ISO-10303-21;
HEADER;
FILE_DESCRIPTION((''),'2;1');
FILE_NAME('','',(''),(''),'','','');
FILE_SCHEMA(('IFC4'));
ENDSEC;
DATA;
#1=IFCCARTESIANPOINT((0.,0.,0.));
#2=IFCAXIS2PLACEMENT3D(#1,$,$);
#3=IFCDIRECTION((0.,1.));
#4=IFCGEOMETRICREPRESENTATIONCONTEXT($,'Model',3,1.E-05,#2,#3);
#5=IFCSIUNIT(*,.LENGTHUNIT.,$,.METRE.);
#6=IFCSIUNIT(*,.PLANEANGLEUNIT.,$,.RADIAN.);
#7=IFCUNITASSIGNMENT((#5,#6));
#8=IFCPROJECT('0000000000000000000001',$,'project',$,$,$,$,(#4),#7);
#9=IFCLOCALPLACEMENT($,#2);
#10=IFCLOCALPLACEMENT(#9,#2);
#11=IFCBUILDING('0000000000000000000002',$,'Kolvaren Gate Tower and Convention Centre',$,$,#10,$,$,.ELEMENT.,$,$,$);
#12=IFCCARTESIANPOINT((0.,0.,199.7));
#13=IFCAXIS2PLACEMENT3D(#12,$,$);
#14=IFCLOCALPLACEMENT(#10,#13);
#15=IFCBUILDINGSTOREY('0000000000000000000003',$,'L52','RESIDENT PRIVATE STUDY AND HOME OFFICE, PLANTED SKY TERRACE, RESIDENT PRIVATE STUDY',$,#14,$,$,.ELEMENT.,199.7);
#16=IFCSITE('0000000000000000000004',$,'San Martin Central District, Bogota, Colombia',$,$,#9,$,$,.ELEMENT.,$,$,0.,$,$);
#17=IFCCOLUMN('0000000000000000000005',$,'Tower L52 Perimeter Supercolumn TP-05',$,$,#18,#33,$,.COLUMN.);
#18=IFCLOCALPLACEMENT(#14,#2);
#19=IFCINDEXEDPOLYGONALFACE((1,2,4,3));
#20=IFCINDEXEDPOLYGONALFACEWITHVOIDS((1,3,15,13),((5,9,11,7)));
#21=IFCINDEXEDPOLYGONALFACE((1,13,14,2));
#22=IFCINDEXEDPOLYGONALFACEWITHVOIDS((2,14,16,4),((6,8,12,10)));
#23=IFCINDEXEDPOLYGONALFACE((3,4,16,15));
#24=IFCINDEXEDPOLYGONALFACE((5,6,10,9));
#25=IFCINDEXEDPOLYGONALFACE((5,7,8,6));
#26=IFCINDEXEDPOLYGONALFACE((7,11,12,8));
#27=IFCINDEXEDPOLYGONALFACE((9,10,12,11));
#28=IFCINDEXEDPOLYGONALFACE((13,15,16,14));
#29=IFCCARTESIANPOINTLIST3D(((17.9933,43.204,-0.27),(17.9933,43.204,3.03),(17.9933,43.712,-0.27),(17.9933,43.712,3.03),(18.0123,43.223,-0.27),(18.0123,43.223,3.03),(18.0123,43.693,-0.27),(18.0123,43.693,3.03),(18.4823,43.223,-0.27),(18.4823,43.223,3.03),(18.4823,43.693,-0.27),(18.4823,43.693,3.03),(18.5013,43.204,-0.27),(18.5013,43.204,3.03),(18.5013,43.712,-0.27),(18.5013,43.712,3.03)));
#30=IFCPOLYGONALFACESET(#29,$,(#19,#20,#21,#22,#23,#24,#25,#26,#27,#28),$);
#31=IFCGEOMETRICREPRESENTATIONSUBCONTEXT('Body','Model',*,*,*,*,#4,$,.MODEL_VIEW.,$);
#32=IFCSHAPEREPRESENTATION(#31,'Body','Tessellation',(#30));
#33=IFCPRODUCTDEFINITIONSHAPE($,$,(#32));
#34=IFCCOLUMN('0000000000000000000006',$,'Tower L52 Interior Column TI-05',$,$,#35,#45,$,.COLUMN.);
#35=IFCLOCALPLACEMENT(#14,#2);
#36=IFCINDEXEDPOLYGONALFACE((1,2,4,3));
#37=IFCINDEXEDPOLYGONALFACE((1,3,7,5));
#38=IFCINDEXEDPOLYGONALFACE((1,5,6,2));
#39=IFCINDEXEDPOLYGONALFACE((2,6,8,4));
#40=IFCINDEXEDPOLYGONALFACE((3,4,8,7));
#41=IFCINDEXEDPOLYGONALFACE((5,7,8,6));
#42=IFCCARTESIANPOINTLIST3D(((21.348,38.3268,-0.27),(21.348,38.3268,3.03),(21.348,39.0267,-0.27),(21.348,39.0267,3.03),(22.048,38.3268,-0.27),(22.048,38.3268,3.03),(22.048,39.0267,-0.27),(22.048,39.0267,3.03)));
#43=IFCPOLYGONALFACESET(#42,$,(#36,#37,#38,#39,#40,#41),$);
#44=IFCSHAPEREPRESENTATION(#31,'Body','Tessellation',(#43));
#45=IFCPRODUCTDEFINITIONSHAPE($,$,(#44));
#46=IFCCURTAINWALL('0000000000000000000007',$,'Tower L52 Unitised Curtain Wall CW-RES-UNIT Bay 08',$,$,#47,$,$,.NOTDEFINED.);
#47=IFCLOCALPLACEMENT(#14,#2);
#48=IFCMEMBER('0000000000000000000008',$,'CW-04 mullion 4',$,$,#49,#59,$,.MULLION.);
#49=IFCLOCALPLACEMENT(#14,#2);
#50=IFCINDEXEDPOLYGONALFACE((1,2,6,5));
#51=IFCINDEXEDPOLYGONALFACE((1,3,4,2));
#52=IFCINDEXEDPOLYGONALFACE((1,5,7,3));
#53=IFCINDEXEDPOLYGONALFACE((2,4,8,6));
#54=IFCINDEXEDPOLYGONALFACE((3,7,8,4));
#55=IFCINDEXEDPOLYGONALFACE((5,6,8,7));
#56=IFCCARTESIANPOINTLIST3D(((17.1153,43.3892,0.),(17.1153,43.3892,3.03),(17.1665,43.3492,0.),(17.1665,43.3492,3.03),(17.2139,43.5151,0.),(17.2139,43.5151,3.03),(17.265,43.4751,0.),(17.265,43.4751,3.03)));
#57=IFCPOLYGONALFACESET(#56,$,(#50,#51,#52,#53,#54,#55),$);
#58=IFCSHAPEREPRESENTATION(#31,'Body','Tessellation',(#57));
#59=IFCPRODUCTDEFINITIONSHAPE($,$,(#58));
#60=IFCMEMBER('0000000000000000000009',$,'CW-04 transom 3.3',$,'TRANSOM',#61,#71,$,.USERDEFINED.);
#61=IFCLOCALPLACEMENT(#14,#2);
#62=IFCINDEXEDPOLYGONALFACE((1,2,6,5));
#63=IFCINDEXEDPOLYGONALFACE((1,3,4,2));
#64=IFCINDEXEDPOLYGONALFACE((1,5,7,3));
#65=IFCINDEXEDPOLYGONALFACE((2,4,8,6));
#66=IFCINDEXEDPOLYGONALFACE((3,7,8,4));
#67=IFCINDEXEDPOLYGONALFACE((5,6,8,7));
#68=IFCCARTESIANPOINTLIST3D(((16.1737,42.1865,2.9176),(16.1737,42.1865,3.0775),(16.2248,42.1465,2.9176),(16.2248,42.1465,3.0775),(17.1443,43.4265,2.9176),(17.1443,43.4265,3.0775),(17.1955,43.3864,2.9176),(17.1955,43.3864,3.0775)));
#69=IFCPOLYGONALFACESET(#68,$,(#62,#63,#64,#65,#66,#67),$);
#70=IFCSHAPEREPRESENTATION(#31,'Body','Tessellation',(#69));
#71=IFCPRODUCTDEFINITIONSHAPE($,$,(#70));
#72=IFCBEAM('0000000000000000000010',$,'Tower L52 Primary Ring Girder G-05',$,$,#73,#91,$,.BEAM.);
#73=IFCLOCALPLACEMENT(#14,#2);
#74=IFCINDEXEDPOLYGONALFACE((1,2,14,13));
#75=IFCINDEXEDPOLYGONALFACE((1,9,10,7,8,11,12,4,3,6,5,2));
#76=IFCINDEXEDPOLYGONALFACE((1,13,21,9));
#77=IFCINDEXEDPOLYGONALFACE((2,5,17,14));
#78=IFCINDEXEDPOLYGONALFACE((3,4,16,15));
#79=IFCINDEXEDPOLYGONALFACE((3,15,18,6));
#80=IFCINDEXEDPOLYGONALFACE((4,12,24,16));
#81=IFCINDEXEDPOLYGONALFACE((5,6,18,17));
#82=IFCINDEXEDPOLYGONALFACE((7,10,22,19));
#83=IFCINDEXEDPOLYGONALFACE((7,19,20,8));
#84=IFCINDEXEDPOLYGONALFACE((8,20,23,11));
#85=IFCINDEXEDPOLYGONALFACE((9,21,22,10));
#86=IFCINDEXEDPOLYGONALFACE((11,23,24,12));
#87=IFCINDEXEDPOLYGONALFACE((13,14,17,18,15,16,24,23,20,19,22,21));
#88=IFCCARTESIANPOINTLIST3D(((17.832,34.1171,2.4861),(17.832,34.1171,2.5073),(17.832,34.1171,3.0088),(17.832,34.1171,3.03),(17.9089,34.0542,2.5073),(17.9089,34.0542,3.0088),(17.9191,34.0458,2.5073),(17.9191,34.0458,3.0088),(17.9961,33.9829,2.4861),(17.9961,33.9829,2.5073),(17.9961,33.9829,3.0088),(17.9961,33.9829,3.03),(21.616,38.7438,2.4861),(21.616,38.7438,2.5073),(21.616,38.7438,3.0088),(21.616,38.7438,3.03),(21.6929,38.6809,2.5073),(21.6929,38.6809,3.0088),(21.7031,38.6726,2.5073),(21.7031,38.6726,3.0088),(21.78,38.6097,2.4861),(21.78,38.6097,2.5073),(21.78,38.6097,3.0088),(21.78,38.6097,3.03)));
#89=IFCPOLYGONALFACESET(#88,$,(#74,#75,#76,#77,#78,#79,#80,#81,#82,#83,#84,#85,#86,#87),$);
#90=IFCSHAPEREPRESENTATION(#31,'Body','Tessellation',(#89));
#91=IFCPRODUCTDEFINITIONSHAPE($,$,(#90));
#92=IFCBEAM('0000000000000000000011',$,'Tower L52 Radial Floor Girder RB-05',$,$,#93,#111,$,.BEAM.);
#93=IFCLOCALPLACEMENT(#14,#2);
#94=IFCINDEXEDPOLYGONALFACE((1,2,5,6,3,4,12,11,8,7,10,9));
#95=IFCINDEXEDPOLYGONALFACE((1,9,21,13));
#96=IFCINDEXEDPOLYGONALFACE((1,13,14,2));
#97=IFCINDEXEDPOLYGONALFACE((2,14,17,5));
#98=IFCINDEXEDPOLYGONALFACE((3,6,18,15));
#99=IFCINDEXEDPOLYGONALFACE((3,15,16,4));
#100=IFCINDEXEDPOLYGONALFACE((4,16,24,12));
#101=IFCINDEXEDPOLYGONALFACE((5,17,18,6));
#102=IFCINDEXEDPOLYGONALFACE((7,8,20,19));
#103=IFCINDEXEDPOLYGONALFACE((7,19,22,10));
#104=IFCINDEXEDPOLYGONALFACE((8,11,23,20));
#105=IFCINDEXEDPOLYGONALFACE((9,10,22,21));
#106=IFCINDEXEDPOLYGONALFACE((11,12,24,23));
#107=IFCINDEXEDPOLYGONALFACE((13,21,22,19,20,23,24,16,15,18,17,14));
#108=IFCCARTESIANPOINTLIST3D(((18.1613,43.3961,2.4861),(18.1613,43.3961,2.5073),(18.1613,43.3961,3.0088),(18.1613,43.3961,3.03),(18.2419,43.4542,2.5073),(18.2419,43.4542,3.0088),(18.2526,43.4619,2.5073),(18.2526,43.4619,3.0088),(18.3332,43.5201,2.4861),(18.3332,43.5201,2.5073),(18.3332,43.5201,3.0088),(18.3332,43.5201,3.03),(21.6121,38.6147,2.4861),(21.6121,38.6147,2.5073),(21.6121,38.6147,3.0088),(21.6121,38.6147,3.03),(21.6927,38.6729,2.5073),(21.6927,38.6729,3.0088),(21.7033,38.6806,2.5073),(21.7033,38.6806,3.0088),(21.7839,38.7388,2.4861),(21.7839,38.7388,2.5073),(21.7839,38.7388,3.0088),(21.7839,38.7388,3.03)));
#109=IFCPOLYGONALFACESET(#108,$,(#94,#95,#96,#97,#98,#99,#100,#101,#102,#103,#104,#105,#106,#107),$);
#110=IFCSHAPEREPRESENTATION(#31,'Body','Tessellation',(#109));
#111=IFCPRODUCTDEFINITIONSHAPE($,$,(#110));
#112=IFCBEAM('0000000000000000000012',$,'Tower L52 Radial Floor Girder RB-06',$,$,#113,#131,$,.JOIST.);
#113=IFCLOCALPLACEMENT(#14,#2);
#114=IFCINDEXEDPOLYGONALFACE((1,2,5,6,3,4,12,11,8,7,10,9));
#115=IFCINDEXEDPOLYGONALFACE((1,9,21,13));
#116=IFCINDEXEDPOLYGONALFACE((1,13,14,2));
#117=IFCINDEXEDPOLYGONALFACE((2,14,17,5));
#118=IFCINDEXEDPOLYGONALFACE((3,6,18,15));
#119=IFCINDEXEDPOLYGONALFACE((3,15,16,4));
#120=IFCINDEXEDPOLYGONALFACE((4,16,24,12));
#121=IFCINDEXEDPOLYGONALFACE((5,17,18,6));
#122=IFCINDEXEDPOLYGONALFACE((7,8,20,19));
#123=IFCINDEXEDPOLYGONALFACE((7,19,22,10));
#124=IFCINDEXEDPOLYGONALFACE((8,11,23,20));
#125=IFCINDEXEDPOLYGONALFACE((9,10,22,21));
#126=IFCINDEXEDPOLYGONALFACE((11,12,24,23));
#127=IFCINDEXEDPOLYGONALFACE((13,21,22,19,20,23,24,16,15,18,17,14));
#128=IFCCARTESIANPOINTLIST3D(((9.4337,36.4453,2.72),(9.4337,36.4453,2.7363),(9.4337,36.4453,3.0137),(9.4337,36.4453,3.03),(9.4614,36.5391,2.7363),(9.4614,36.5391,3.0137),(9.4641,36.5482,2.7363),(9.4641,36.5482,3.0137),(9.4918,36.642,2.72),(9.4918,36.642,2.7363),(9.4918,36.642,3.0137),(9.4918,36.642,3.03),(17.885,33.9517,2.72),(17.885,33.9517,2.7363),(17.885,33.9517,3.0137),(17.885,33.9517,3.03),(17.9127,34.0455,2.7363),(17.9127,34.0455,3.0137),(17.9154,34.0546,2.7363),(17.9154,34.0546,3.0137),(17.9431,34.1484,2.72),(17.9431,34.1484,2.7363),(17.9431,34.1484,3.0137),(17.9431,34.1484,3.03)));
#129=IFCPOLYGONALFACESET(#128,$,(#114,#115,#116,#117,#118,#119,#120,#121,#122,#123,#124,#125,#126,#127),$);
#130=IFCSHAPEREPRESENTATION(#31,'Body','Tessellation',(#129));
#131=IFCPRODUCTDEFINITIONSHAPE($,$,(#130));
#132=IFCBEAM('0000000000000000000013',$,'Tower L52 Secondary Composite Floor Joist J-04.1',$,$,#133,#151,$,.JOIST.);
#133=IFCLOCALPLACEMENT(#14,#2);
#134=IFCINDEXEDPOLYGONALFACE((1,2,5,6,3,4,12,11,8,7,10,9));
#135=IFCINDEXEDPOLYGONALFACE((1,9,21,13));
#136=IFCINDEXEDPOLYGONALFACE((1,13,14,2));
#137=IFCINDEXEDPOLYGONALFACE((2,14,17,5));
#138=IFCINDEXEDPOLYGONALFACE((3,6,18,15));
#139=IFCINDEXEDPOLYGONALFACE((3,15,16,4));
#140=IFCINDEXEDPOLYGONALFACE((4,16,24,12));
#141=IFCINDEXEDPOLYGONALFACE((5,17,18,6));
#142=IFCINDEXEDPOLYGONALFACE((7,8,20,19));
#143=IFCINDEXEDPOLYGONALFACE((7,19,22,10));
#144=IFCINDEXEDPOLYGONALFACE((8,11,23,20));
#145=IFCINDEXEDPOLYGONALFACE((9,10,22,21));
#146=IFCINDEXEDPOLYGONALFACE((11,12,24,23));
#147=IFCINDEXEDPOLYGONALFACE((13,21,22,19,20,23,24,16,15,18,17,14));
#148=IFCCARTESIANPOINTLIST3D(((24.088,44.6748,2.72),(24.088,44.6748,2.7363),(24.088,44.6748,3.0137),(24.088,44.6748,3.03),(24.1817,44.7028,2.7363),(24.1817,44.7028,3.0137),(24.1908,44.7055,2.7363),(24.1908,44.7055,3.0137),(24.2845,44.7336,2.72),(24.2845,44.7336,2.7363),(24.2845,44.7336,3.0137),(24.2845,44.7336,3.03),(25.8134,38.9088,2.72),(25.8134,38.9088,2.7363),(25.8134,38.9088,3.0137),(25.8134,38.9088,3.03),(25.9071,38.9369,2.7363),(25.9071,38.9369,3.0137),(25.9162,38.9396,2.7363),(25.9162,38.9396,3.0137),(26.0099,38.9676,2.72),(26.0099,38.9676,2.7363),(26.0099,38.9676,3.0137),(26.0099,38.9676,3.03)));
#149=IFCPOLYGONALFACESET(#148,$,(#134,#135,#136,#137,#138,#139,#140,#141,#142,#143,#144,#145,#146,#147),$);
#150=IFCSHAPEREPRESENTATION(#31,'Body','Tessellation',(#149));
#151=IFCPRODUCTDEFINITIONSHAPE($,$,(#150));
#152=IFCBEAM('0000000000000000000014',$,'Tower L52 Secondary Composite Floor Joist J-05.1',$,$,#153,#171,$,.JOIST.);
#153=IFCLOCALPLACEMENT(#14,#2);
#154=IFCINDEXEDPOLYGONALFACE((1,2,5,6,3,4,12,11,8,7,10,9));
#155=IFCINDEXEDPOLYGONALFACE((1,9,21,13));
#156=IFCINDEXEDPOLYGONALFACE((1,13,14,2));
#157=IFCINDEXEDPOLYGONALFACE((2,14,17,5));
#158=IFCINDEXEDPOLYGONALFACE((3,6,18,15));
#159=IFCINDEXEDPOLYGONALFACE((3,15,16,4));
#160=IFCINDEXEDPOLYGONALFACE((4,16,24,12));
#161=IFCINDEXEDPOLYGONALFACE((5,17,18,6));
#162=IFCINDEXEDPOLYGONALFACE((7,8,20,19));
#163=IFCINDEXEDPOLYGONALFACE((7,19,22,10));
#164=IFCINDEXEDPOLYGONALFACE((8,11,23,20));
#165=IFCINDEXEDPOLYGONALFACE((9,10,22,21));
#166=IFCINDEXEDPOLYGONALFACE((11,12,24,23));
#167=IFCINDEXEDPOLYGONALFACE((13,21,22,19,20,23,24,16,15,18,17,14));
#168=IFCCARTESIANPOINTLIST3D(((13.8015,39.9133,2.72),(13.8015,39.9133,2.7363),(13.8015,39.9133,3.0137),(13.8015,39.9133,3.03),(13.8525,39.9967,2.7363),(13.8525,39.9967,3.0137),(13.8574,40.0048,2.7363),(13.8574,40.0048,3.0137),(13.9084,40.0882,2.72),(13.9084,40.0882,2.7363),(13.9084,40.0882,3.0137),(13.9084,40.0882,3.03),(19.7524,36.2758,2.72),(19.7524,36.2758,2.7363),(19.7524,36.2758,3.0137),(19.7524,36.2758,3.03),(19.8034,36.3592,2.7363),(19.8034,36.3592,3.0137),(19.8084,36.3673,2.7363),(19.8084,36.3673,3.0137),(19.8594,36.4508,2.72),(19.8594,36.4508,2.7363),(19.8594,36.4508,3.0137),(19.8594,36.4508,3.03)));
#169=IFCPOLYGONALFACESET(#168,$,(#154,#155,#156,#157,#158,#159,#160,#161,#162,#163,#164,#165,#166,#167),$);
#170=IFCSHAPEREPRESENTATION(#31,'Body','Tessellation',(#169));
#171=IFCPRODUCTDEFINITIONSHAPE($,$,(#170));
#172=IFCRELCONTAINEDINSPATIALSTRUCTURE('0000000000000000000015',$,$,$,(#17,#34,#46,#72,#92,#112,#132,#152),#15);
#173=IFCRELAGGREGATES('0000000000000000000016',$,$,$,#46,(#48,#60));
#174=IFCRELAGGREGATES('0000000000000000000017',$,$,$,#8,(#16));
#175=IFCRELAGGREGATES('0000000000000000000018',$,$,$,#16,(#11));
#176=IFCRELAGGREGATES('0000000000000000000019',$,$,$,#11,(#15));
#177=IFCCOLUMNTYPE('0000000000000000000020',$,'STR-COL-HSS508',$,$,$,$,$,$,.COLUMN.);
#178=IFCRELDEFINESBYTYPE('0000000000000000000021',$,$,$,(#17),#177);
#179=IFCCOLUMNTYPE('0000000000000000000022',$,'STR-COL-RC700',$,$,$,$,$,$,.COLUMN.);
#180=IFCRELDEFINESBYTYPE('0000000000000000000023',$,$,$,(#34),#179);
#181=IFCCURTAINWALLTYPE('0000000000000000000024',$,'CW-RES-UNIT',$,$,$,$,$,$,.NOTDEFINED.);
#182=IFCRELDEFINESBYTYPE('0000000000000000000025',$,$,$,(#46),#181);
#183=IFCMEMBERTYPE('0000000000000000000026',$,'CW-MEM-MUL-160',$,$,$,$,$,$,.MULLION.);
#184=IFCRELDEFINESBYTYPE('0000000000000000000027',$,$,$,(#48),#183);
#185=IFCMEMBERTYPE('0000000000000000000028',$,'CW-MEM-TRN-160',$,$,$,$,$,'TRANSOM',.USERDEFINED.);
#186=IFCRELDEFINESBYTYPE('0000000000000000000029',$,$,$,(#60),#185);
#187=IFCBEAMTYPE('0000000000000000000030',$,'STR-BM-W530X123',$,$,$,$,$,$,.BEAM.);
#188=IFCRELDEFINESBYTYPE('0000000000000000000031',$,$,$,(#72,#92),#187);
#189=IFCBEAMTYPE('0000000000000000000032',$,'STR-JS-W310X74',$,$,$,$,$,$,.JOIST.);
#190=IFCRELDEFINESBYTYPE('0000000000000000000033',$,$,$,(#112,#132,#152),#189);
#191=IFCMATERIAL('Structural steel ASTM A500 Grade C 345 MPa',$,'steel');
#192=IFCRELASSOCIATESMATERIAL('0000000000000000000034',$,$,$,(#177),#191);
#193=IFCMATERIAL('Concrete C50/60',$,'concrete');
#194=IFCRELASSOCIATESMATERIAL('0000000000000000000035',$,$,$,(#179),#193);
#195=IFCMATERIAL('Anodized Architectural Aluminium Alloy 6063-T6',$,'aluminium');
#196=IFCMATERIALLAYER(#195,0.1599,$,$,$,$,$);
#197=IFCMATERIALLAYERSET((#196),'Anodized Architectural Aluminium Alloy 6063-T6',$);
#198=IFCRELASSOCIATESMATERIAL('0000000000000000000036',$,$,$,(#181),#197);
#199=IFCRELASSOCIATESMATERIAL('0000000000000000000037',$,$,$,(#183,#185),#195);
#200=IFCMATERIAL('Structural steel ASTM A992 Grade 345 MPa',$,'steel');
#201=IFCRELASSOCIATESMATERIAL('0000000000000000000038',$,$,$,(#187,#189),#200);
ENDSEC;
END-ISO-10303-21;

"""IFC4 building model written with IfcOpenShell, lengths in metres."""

from ifc_helpers import new_model, si_unit, direction, frame, origin, origin_2d, place, context, subcontext, project, spatial, rectangle, hollow_rectangle, i_section, extrude, material, layer, layer_set, material_profile, profile_set, type_object, element, aggregate, save


model = new_model("IFC4")

# Units and contexts
model_context = context("Model", 3, precision=1e-05, world=origin(), true_north=direction((0.0, 1.0)))
body_context = subcontext(model_context, "Body", "Model", "MODEL_VIEW")
ifc_project = project(units=[si_unit("LENGTHUNIT", "METRE"), si_unit("PLANEANGLEUNIT", "RADIAN")], contexts=[model_context])

# Site, building, storey
site_placement = place(None, origin())
site = spatial("IfcSite", under=ifc_project, at=site_placement, Name="San Martin Central District, Bogota, Colombia", CompositionType="ELEMENT", RefElevation=0.0)
building_placement = place(site_placement, origin())
building = spatial("IfcBuilding", under=site, at=building_placement, Name="Kolvaren Gate Tower and Convention Centre", CompositionType="ELEMENT")
storey_placement = place(building_placement, frame((0.0, 0.0, 199.7)))
storey = spatial("IfcBuildingStorey", under=building, at=storey_placement, Name="L52", Description="RESIDENT PRIVATE STUDY AND HOME OFFICE, PLANTED SKY TERRACE, RESIDENT PRIVATE STUDY", CompositionType="ELEMENT", Elevation=199.7)

# Columns
ifc_material_1 = material(Name="Structural steel ASTM A500 Grade C 345 MPa", Category="steel")
ifc_material_profile_1 = material_profile(ifc_material_1, hollow_rectangle(XDim=0.5081, YDim=0.5081, WallThickness=0.019, at=origin_2d()), Name="HSS508X508X19.1")
ifc_profile_set_1 = profile_set([ifc_material_profile_1], Name="Structural steel ASTM A500 Grade C 345 MPa")
column_type_1 = type_object("IfcColumnType", Name="STR-COL-HSS508", PredefinedType="COLUMN", material=ifc_profile_set_1)
column_1_placement = place(storey_placement, frame((18.2473, 43.458, -0.27), z_axis=(0.0, 0.0, 1.0), x_axis=(1.0, 0.0, 0.0)))
element("IfcColumn", 1, at=column_1_placement, inside=storey, type_object=column_type_1, Name="Tower L52 Perimeter Supercolumn TP-05", PredefinedType="COLUMN", context=body_context, shape_type="SweptSolid", body=[
    extrude(hollow_rectangle(XDim=0.5081, YDim=0.5081, WallThickness=0.019, at=origin_2d()), origin(), (0.0, 0.0, 1.0), 3.3),
])
ifc_material_2 = material(Name="Concrete C50/60", Category="concrete")
ifc_material_profile_2 = material_profile(ifc_material_2, rectangle(XDim=0.7, YDim=0.7, at=origin_2d()), Name="RC-COL-700X700")
ifc_profile_set_2 = profile_set([ifc_material_profile_2], Name="Concrete C50/60")
column_type_2 = type_object("IfcColumnType", Name="STR-COL-RC700", PredefinedType="COLUMN", material=ifc_profile_set_2)
column_2_placement = place(storey_placement, frame((21.698, 38.6768, -0.27), z_axis=(0.0, 0.0, 1.0), x_axis=(1.0, 0.0, 0.0)))
element("IfcColumn", 2, at=column_2_placement, inside=storey, type_object=column_type_2, Name="Tower L52 Interior Column TI-05", PredefinedType="COLUMN", context=body_context, shape_type="SweptSolid", body=[
    extrude(rectangle(XDim=0.7, YDim=0.7, at=origin_2d()), origin(), (0.0, 0.0, 1.0), 3.3),
])

# Curtain wall, members
ifc_material_3 = material(Name="Anodized Architectural Aluminium Alloy 6063-T6", Category="aluminium")
ifc_layer_1 = layer(ifc_material_3, 0.1599)
ifc_layer_set_1 = layer_set([ifc_layer_1], Name="Anodized Architectural Aluminium Alloy 6063-T6")
curtain_wall_type = type_object("IfcCurtainWallType", Name="CW-RES-UNIT", PredefinedType="NOTDEFINED", material=ifc_layer_set_1)
curtain_wall_placement = place(storey_placement, origin())
curtain_wall = element("IfcCurtainWall", 3, at=curtain_wall_placement, inside=storey, type_object=curtain_wall_type, Name="Tower L52 Unitised Curtain Wall CW-RES-UNIT Bay 08", PredefinedType="NOTDEFINED")
ifc_material_profile_3 = material_profile(ifc_material_3, rectangle(XDim=0.0649, YDim=0.1599, at=origin_2d()), Name="CW-MEM-MUL-160")
ifc_profile_set_3 = profile_set([ifc_material_profile_3], Name="Anodized Architectural Aluminium Alloy 6063-T6")
member_type_1 = type_object("IfcMemberType", Name="CW-MEM-MUL-160", PredefinedType="MULLION", material=ifc_profile_set_3)
member_1_placement = place(storey_placement, frame((17.1902, 43.4321, 0.0), z_axis=(0.0, 0.0, 1.0), x_axis=(-0.78741, 0.61643, 0.0)))
member_1 = element("IfcMember", 4, at=member_1_placement, type_object=member_type_1, Name="CW-04 mullion 4", PredefinedType="MULLION", context=body_context, shape_type="SweptSolid", body=[
    extrude(rectangle(XDim=0.0649, YDim=0.1599, at=origin_2d()), origin(), (0.0, 0.0, 1.0), 3.03),
])
ifc_material_profile_4 = material_profile(ifc_material_3, rectangle(XDim=0.0649, YDim=0.1599, at=origin_2d()), Name="CW-MEM-TRN-160")
ifc_profile_set_4 = profile_set([ifc_material_profile_4], Name="Anodized Architectural Aluminium Alloy 6063-T6")
member_type_2 = type_object("IfcMemberType", Name="CW-MEM-TRN-160", ElementType="TRANSOM", PredefinedType="USERDEFINED", material=ifc_profile_set_4)
member_2_placement = place(storey_placement, frame((16.1992, 42.1665, 2.9976), z_axis=(0.616417, 0.78742, 0.0), x_axis=(-0.78742, 0.616417, 0.0)))
member_2 = element("IfcMember", 5, at=member_2_placement, type_object=member_type_2, Name="CW-04 transom 3.3", ObjectType="TRANSOM", PredefinedType="USERDEFINED", context=body_context, shape_type="SweptSolid", body=[
    extrude(rectangle(XDim=0.0649, YDim=0.1599, at=origin_2d()), origin(), (0.0, 0.0, 1.0), 1.5747),
])

# Beams
ifc_material_4 = material(Name="Structural steel ASTM A992 Grade 345 MPa", Category="steel")
ifc_material_profile_5 = material_profile(ifc_material_4, i_section(OverallWidth=0.2119, OverallDepth=0.5439, WebThickness=0.0132, FlangeThickness=0.0212, at=origin_2d()), Name="W530X123")
ifc_profile_set_5 = profile_set([ifc_material_profile_5], Name="Structural steel ASTM A992 Grade 345 MPa")
beam_type_1 = type_object("IfcBeamType", Name="STR-BM-W530X123", PredefinedType="BEAM", material=ifc_profile_set_5)
beam_1_placement = place(storey_placement, frame((21.698, 38.6768, 2.7581), z_axis=(-0.633082, -0.774085, 0.0), x_axis=(0.774085, -0.633082, 0.0)))
element("IfcBeam", 6, at=beam_1_placement, inside=storey, type_object=beam_type_1, Name="Tower L52 Primary Ring Girder G-05", PredefinedType="BEAM", context=body_context, shape_type="SweptSolid", body=[
    extrude(i_section(OverallWidth=0.2119, OverallDepth=0.5439, WebThickness=0.0132, FlangeThickness=0.0212, at=origin_2d()), origin(), (0.0, 0.0, 1.0), 5.9771),
])
beam_2_placement = place(storey_placement, frame((21.698, 38.6768, 2.7581), z_axis=(-0.585218, 0.810876, 0.0), x_axis=(-0.810876, -0.585218, 0.0)))
element("IfcBeam", 7, at=beam_2_placement, inside=storey, type_object=beam_type_1, Name="Tower L52 Radial Floor Girder RB-05", PredefinedType="BEAM", context=body_context, shape_type="SweptSolid", body=[
    extrude(i_section(OverallWidth=0.2119, OverallDepth=0.5439, WebThickness=0.0132, FlangeThickness=0.0212, at=origin_2d()), origin(), (0.0, 0.0, 1.0), 5.8965),
])
ifc_material_profile_6 = material_profile(ifc_material_4, i_section(OverallWidth=0.2051, OverallDepth=0.3101, WebThickness=0.0095, FlangeThickness=0.0164, at=origin_2d()), Name="W310X74")
ifc_profile_set_6 = profile_set([ifc_material_profile_6], Name="Structural steel ASTM A992 Grade 345 MPa")
beam_type_2 = type_object("IfcBeamType", Name="STR-JS-W310X74", PredefinedType="JOIST", material=ifc_profile_set_6)
beam_3_placement = place(storey_placement, frame((17.9141, 34.05, 2.875), z_axis=(-0.959121, 0.282996, 0.0), x_axis=(-0.282996, -0.959121, 0.0)))
element("IfcBeam", 8, at=beam_3_placement, inside=storey, type_object=beam_type_2, Name="Tower L52 Radial Floor Girder RB-06", PredefinedType="JOIST", context=body_context, shape_type="SweptSolid", body=[
    extrude(i_section(OverallWidth=0.2051, OverallDepth=0.3101, WebThickness=0.0095, FlangeThickness=0.0164, at=origin_2d()), origin(), (0.0, 0.0, 1.0), 8.8115),
])
beam_4_placement = place(storey_placement, frame((25.9116, 38.9382, 2.875), z_axis=(-0.286674, 0.958028, 0.0), x_axis=(-0.958028, -0.286674, 0.0)))
element("IfcBeam", 9, at=beam_4_placement, inside=storey, type_object=beam_type_2, Name="Tower L52 Secondary Composite Floor Joist J-04.1", PredefinedType="JOIST", context=body_context, shape_type="SweptSolid", body=[
    extrude(i_section(OverallWidth=0.2051, OverallDepth=0.3101, WebThickness=0.0095, FlangeThickness=0.0164, at=origin_2d()), origin(), (0.0, 0.0, 1.0), 6.0186),
])
beam_5_placement = place(storey_placement, frame((19.8059, 36.3633, 2.875), z_axis=(-0.853233, 0.521531, 0.0), x_axis=(-0.521531, -0.853233, 0.0)))
element("IfcBeam", 10, at=beam_5_placement, inside=storey, type_object=beam_type_2, Name="Tower L52 Secondary Composite Floor Joist J-05.1", PredefinedType="JOIST", context=body_context, shape_type="SweptSolid", body=[
    extrude(i_section(OverallWidth=0.2051, OverallDepth=0.3101, WebThickness=0.0095, FlangeThickness=0.0164, at=origin_2d()), origin(), (0.0, 0.0, 1.0), 6.9746),
])

aggregate(curtain_wall, [member_1, member_2])

save(model, "model.ifc")
